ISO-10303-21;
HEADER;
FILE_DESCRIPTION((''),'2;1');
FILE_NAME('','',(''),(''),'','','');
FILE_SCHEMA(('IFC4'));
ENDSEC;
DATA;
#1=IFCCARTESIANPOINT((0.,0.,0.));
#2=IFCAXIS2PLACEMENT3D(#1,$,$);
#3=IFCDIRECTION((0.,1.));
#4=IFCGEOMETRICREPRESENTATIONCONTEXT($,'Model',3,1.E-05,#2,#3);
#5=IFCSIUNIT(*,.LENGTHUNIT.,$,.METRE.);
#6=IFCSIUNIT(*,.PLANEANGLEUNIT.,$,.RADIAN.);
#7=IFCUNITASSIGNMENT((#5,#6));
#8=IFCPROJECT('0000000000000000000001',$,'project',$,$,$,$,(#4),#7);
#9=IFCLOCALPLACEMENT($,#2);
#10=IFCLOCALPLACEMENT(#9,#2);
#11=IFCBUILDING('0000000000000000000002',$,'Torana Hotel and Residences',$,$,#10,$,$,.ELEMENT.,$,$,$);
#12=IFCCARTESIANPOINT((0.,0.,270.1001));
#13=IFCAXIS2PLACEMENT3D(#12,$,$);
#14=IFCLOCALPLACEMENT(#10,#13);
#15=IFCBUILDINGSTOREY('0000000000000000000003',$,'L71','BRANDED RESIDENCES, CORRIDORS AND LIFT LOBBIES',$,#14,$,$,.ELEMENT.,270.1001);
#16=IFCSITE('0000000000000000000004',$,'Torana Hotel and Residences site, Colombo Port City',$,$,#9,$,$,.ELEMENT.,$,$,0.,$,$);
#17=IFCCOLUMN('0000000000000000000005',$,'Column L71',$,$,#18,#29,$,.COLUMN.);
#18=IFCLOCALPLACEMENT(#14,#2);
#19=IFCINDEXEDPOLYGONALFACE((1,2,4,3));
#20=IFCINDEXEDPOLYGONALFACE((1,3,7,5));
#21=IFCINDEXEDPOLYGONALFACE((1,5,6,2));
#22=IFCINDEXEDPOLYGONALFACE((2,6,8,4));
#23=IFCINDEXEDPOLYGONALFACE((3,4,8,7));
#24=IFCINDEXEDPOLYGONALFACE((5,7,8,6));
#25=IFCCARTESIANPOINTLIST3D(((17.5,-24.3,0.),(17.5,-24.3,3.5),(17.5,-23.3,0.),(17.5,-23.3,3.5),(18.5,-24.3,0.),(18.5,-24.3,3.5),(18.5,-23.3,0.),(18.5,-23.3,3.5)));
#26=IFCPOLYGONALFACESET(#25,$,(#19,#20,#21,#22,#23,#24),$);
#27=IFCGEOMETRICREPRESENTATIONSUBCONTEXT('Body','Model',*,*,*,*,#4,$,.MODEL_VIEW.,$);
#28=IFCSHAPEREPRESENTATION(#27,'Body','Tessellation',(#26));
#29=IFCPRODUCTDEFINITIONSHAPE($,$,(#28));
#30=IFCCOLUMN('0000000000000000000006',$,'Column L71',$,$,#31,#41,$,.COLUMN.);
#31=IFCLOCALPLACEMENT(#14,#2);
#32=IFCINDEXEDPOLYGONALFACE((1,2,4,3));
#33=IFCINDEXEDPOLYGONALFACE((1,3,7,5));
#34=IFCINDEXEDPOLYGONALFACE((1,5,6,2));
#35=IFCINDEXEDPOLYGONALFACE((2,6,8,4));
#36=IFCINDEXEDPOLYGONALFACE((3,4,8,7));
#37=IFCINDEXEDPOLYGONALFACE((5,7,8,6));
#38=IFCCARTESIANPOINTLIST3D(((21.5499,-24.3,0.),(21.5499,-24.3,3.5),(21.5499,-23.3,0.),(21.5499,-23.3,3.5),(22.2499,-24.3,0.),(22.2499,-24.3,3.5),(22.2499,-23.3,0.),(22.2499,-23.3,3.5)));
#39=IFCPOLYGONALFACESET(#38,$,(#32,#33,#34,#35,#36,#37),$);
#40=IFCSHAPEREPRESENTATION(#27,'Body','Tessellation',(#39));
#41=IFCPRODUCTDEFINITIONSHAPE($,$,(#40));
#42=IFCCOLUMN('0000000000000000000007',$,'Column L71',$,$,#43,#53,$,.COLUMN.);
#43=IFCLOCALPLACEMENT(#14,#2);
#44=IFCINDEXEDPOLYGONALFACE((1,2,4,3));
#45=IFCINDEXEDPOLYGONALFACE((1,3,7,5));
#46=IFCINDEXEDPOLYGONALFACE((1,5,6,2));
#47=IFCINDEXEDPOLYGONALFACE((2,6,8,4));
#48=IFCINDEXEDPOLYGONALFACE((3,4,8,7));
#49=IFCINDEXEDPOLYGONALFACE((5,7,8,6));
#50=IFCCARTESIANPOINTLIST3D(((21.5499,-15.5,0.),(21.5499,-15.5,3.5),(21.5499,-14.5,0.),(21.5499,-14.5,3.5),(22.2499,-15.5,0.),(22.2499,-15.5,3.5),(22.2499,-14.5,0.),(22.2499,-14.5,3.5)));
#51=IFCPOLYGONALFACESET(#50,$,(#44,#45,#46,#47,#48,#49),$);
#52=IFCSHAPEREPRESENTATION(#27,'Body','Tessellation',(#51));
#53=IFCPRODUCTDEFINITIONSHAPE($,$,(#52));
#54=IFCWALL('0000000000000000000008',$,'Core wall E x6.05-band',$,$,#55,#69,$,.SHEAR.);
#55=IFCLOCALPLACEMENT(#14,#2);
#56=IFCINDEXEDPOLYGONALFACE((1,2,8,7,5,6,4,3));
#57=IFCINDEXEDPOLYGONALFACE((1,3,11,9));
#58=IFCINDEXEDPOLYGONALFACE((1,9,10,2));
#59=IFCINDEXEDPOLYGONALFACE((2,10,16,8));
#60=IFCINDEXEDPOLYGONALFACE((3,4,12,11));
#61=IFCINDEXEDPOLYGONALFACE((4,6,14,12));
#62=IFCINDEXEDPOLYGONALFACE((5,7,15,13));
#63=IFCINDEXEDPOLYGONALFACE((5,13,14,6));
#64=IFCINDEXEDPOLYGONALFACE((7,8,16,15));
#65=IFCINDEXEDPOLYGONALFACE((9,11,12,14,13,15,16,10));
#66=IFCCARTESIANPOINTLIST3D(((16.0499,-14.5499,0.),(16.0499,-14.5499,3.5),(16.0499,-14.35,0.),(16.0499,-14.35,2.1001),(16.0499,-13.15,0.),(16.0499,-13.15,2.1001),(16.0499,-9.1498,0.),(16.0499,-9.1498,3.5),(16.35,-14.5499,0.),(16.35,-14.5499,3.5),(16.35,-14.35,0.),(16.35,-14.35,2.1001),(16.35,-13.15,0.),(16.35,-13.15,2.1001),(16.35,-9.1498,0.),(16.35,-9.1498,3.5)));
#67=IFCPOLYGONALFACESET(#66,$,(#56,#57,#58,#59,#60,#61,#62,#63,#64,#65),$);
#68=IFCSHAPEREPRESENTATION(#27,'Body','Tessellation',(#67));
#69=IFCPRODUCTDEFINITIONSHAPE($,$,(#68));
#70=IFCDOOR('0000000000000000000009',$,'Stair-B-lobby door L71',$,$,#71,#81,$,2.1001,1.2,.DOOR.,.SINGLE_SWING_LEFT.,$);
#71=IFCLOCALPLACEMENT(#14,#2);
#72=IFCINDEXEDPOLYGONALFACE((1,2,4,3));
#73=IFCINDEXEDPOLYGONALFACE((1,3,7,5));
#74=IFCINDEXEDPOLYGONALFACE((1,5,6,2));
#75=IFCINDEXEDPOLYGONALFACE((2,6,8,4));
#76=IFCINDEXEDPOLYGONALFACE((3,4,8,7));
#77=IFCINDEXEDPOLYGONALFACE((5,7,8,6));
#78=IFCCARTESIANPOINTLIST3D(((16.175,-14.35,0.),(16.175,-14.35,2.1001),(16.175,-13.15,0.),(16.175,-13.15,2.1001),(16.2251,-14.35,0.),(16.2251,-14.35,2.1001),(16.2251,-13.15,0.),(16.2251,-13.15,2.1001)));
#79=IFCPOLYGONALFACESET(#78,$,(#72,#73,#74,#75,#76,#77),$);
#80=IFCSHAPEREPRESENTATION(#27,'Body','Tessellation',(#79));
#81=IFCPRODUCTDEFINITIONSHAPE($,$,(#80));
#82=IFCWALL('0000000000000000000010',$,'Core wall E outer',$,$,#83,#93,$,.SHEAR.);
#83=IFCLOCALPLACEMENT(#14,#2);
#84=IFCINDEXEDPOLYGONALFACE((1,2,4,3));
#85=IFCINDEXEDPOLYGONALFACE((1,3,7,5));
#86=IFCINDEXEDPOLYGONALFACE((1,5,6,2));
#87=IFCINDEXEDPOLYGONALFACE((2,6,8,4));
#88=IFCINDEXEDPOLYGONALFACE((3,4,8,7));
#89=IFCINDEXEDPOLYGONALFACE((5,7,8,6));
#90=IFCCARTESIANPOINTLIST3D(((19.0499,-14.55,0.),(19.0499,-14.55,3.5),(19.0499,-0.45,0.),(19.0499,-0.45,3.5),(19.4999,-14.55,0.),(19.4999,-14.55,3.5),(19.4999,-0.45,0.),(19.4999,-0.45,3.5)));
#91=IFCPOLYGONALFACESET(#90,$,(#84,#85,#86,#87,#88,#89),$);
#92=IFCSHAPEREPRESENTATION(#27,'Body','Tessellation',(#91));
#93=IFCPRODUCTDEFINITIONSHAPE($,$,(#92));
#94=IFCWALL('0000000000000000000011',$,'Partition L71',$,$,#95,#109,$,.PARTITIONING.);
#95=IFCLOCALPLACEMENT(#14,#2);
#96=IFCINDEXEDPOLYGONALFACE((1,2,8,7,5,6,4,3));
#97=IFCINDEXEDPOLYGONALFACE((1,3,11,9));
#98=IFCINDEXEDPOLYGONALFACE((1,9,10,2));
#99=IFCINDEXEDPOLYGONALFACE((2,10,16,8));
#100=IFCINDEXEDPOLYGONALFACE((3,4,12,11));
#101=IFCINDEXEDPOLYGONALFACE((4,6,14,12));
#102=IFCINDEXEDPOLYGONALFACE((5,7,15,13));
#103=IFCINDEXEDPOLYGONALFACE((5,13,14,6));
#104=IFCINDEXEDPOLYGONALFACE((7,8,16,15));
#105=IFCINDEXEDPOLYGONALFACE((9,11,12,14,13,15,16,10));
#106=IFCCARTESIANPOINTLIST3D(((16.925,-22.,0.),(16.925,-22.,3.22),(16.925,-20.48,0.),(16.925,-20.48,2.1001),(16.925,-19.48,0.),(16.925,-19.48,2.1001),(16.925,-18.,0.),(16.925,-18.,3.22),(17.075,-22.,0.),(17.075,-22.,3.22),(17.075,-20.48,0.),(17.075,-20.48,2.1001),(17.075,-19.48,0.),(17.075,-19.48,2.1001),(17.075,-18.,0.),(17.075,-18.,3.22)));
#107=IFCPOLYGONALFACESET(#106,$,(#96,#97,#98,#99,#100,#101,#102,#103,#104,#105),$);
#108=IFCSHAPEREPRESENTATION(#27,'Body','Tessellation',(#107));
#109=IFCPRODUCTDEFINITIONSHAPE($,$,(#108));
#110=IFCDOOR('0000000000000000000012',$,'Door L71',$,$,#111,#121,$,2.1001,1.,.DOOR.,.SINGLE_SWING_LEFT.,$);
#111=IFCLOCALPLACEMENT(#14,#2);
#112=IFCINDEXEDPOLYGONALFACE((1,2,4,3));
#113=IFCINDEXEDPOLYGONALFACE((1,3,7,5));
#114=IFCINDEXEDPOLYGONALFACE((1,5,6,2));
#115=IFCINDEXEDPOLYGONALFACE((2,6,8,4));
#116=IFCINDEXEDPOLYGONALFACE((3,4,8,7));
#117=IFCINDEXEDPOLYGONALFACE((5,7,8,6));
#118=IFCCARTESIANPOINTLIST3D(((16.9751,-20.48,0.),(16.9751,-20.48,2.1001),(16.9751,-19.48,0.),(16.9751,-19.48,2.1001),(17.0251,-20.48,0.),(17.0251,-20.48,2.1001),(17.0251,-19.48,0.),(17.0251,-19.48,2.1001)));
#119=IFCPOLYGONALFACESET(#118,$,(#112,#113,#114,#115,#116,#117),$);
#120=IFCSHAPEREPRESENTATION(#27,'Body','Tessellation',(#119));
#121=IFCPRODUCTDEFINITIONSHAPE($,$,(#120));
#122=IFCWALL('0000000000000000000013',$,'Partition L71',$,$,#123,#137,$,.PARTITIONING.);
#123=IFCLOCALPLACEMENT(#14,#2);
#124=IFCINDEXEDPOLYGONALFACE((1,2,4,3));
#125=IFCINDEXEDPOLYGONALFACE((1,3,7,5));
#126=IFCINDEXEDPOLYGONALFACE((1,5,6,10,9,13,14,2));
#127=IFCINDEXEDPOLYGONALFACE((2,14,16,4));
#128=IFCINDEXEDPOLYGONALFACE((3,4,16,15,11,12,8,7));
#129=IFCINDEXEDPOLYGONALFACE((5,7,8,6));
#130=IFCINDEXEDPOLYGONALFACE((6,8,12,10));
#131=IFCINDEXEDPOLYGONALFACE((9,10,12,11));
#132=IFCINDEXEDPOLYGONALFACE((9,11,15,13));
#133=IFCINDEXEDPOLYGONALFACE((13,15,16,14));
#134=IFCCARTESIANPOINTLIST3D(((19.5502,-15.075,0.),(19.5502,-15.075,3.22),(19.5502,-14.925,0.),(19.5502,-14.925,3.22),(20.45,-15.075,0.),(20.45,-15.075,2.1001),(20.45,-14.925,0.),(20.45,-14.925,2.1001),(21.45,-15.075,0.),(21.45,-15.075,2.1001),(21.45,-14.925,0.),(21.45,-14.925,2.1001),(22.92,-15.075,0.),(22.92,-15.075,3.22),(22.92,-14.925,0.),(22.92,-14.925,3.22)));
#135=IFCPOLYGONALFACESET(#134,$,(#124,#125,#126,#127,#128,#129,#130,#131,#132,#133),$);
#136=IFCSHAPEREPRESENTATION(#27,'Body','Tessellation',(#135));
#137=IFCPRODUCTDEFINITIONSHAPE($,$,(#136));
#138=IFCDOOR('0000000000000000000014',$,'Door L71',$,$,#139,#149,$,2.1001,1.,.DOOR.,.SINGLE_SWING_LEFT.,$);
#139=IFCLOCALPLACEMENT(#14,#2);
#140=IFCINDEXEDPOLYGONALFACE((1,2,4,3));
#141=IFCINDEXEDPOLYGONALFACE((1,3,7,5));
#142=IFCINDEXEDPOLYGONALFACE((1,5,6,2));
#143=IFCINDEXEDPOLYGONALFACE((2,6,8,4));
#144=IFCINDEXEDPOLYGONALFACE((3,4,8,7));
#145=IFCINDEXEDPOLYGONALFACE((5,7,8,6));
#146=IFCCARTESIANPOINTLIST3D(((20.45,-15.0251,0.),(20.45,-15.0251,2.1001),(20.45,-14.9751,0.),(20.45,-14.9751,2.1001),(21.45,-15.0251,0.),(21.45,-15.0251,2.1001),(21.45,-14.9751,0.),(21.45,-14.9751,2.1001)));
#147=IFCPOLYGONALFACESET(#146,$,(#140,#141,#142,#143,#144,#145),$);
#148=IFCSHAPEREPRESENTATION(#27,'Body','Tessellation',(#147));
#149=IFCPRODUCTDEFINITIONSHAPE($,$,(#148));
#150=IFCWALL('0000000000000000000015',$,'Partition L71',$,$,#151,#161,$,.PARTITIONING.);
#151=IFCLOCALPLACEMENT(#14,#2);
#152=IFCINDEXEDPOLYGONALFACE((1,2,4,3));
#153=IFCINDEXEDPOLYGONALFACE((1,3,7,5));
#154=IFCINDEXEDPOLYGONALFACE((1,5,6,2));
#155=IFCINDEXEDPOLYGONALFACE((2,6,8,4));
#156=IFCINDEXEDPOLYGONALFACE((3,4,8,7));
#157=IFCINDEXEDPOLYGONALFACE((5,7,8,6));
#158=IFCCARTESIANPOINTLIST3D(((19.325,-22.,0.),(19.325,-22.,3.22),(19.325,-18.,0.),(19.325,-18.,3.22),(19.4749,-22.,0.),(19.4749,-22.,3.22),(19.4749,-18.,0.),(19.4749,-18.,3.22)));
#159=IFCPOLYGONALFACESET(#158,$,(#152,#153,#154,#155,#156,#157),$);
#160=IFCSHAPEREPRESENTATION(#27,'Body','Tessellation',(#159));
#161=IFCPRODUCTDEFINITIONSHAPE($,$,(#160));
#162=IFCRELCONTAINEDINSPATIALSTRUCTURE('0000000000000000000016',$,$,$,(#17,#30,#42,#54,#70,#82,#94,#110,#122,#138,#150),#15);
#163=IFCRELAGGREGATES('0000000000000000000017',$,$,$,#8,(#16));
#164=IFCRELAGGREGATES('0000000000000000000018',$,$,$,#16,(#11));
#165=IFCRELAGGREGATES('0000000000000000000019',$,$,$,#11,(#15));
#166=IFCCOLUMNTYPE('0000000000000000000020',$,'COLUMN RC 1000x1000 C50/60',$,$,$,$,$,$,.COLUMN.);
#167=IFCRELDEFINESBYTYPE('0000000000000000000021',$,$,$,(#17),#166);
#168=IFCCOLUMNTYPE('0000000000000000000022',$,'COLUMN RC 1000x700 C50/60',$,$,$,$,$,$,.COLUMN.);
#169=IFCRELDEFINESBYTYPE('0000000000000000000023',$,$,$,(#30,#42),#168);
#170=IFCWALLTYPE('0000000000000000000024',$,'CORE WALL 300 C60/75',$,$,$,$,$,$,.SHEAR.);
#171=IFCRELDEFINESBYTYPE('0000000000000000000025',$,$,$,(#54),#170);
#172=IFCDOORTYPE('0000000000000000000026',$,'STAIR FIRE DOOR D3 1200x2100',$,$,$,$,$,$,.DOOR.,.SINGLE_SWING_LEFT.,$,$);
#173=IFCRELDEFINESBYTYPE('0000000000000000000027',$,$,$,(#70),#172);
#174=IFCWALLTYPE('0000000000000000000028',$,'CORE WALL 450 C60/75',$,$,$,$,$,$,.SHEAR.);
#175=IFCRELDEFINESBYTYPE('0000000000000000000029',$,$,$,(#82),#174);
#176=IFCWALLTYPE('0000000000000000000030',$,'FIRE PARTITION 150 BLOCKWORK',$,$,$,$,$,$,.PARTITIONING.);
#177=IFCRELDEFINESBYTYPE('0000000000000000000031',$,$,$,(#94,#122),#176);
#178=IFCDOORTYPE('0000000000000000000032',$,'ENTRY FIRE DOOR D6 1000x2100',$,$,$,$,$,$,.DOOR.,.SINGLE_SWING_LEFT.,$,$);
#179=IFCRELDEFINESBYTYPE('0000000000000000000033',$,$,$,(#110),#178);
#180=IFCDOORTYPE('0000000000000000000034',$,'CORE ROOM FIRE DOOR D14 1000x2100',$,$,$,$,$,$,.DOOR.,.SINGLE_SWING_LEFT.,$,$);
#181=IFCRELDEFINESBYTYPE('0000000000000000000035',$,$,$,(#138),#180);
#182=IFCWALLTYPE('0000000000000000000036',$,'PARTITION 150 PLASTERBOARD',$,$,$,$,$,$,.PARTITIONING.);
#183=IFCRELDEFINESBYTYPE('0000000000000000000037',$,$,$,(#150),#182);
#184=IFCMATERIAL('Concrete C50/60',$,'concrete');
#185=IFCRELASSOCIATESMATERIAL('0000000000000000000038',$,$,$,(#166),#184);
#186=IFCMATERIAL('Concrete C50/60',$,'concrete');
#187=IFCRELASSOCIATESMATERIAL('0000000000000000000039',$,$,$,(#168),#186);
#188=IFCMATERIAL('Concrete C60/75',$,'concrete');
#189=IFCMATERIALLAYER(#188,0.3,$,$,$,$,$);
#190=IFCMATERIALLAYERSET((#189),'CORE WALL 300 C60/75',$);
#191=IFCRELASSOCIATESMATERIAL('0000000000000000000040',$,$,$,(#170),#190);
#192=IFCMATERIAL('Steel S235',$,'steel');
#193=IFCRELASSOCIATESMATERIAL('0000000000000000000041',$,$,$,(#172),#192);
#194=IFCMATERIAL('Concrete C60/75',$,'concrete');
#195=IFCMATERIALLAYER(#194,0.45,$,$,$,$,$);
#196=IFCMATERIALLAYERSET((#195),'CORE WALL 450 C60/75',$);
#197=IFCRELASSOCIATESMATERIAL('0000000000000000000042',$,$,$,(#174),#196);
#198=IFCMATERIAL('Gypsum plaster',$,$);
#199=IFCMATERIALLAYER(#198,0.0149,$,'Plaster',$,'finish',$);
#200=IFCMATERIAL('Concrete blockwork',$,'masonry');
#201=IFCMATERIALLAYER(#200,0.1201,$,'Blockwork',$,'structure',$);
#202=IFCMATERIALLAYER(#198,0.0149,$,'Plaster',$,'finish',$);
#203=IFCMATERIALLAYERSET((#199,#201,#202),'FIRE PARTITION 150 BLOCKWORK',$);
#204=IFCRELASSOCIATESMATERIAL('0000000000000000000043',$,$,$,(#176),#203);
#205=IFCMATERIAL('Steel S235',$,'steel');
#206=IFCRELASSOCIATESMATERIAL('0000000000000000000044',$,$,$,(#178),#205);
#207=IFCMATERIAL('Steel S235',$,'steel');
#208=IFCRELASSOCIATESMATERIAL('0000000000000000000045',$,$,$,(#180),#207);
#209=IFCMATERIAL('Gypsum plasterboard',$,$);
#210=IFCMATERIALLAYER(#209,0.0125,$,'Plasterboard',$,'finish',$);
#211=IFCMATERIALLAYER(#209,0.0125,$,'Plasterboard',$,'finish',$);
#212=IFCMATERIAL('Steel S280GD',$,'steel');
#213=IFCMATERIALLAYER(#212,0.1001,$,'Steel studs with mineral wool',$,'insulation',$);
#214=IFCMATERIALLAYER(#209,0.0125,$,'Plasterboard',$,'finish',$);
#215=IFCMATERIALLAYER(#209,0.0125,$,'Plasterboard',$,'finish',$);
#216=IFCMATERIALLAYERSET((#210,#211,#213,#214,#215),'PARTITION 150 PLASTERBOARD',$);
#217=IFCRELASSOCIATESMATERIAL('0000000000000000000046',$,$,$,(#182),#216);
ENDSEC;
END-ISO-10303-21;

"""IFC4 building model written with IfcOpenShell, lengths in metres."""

from ifc_helpers import new_model, si_unit, direction, frame, frame_2d, origin, origin_2d, place, context, subcontext, project, spatial, rectangle, extrude, material, layer, layer_set, material_profile, profile_set, type_object, element, fill, save


model = new_model("IFC4")

# Units and contexts
model_context = context("Model", 3, precision=1e-05, world=origin(), true_north=direction((0.0, 1.0)))
body_context = subcontext(model_context, "Body", "Model", "MODEL_VIEW")
ifc_project = project(units=[si_unit("LENGTHUNIT", "METRE"), si_unit("PLANEANGLEUNIT", "RADIAN")], contexts=[model_context])

# Site, building, storey
site_placement = place(None, origin())
site = spatial("IfcSite", under=ifc_project, at=site_placement, Name="Torana Hotel and Residences site, Colombo Port City", CompositionType="ELEMENT", RefElevation=0.0)
building_placement = place(site_placement, origin())
building = spatial("IfcBuilding", under=site, at=building_placement, Name="Torana Hotel and Residences", CompositionType="ELEMENT")
storey_placement = place(building_placement, frame((0.0, 0.0, 270.1001)))
storey = spatial("IfcBuildingStorey", under=building, at=storey_placement, Name="L71", Description="BRANDED RESIDENCES, CORRIDORS AND LIFT LOBBIES", CompositionType="ELEMENT", Elevation=270.1001)

# Columns
ifc_material_1 = material(Name="Concrete C50/60", Category="concrete")
ifc_material_profile_1 = material_profile(ifc_material_1, rectangle(XDim=1.0, YDim=1.0, at=origin_2d()), Name="RC 1000x1000")
ifc_profile_set_1 = profile_set([ifc_material_profile_1], Name="Concrete C50/60")
column_type_1 = type_object("IfcColumnType", Name="COLUMN RC 1000x1000 C50/60", PredefinedType="COLUMN", material=ifc_profile_set_1)
column_placement = place(storey_placement, frame((18.0, -23.8, 0.0), z_axis=(0.0, 0.0, 1.0), x_axis=(1.0, 0.0, 0.0)))
element("IfcColumn", 1, at=column_placement, inside=storey, type_object=column_type_1, Name="Column L71", PredefinedType="COLUMN", context=body_context, shape_type="SweptSolid", body=[
    extrude(rectangle(XDim=1.0, YDim=1.0, at=origin_2d()), origin(), (0.0, 0.0, 1.0), 3.5),
])
ifc_material_2 = material(Name="Concrete C50/60", Category="concrete")
ifc_material_profile_2 = material_profile(ifc_material_2, rectangle(XDim=1.0, YDim=0.7, at=origin_2d()), Name="RC 1000x700")
ifc_profile_set_2 = profile_set([ifc_material_profile_2], Name="Concrete C50/60")
column_type_2 = type_object("IfcColumnType", Name="COLUMN RC 1000x700 C50/60", PredefinedType="COLUMN", material=ifc_profile_set_2)
for number, where, z_axis, x_axis, name in (
    (2, (21.8999, -23.8, 0.0), (0.0, 0.0, 1.0), (0.0, 1.0, 0.0), "Column L71"),
    (3, (21.8999, -15.0, 0.0), (0.0, 0.0, 1.0), (0.0, 1.0, 0.0), "Column L71"),
):
    element("IfcColumn", number, at=place(storey_placement, frame(where, z_axis=z_axis, x_axis=x_axis)), inside=storey, type_object=column_type_2, Name=name, PredefinedType="COLUMN", context=body_context, shape_type="SweptSolid", body=[
        extrude(rectangle(XDim=1.0, YDim=0.7, at=origin_2d()), origin(), (0.0, 0.0, 1.0), 3.5),
    ])

# Wall, opening, door
ifc_material_3 = material(Name="Concrete C60/75", Category="concrete")
ifc_layer_1 = layer(ifc_material_3, 0.3)
ifc_layer_set_1 = layer_set([ifc_layer_1], Name="CORE WALL 300 C60/75")
wall_type_1 = type_object("IfcWallType", Name="CORE WALL 300 C60/75", PredefinedType="SHEAR", material=ifc_layer_set_1)
wall_1_placement = place(storey_placement, frame((16.2, -14.55, 0.0), z_axis=(0.0, 0.0, 1.0), x_axis=(0.0, 1.0, 0.0)))
wall_1 = element("IfcWall", 4, at=wall_1_placement, inside=storey, type_object=wall_type_1, Name="Core wall E x6.05-band", PredefinedType="SHEAR", context=body_context, shape_type="SweptSolid", body=[
    extrude(rectangle(XDim=5.4001, YDim=0.3, at=frame_2d((2.7002, 0.0))), origin(), (0.0, 0.0, 1.0), 3.5),
])
opening_1_placement = place(wall_1_placement, frame((0.2, 0.0, 0.0)))
opening_1 = element("IfcOpeningElement", 5, at=opening_1_placement, cuts=wall_1, PredefinedType="OPENING", context=body_context, shape_type="SweptSolid", body=[
    extrude(rectangle(XDim=1.2, YDim=2.1001, at=frame_2d((0.6001, 1.05))), frame((0.0, 0.1599, 0.0), z_axis=(0.0, -1.0, 0.0), x_axis=(1.0, 0.0, 0.0)), (0.0, 0.0, 1.0), 0.3201),
])
ifc_material_4 = material(Name="Steel S235", Category="steel")
door_type_1 = type_object("IfcDoorType", Name="STAIR FIRE DOOR D3 1200x2100", OperationType="SINGLE_SWING_LEFT", PredefinedType="DOOR", material=ifc_material_4)
door_1_placement = place(opening_1_placement, frame((0.6001, 0.0, 0.0), z_axis=(0.0, 0.0, 1.0), x_axis=(-1.0, 0.0, 0.0)))
door_1 = element("IfcDoor", 6, at=door_1_placement, inside=storey, type_object=door_type_1, Name="Stair-B-lobby door L71", OperationType="SINGLE_SWING_LEFT", OverallHeight=2.1001, OverallWidth=1.2, PredefinedType="DOOR", context=body_context, shape_type="SweptSolid", body=[
    extrude(rectangle(XDim=1.2, YDim=2.1001, at=frame_2d((0.0, 1.05))), frame((0.0, -0.0249, 0.0), z_axis=(0.0, 1.0, 0.0), x_axis=(-1.0, 0.0, 0.0)), (0.0, 0.0, 1.0), 0.05),
])
fill(opening_1, door_1)

# Wall
ifc_material_5 = material(Name="Concrete C60/75", Category="concrete")
ifc_layer_2 = layer(ifc_material_5, 0.45)
ifc_layer_set_2 = layer_set([ifc_layer_2], Name="CORE WALL 450 C60/75")
wall_type_2 = type_object("IfcWallType", Name="CORE WALL 450 C60/75", PredefinedType="SHEAR", material=ifc_layer_set_2)
wall_2_placement = place(storey_placement, frame((19.2749, -14.55, 0.0), z_axis=(0.0, 0.0, 1.0), x_axis=(0.0, 1.0, 0.0)))
element("IfcWall", 7, at=wall_2_placement, inside=storey, type_object=wall_type_2, Name="Core wall E outer", PredefinedType="SHEAR", context=body_context, shape_type="SweptSolid", body=[
    extrude(rectangle(XDim=14.1001, YDim=0.45, at=frame_2d((7.05, 0.0))), origin(), (0.0, 0.0, 1.0), 3.5),
])

# Walls, openings, doors
ifc_material_6 = material(Name="Gypsum plaster")
ifc_layer_3 = layer(ifc_material_6, 0.0149, Name="Plaster", Category="finish")
ifc_material_7 = material(Name="Concrete blockwork", Category="masonry")
ifc_layer_4 = layer(ifc_material_7, 0.1201, Name="Blockwork", Category="structure")
ifc_layer_5 = layer(ifc_material_6, 0.0149, Name="Plaster", Category="finish")
ifc_layer_set_3 = layer_set([ifc_layer_3, ifc_layer_4, ifc_layer_5], Name="FIRE PARTITION 150 BLOCKWORK")
wall_type_3 = type_object("IfcWallType", Name="FIRE PARTITION 150 BLOCKWORK", PredefinedType="PARTITIONING", material=ifc_layer_set_3)
wall_3_placement = place(storey_placement, frame((17.0, -22.0, 0.0), z_axis=(0.0, 0.0, 1.0), x_axis=(0.0, 1.0, 0.0)))
wall_3 = element("IfcWall", 8, at=wall_3_placement, inside=storey, type_object=wall_type_3, Name="Partition L71", PredefinedType="PARTITIONING", context=body_context, shape_type="SweptSolid", body=[
    extrude(rectangle(XDim=4.0, YDim=0.1499, at=frame_2d((2.0, 0.0))), origin(), (0.0, 0.0, 1.0), 3.22),
])
opening_2_placement = place(wall_3_placement, frame((1.52, 0.0, 0.0)))
opening_2 = element("IfcOpeningElement", 9, at=opening_2_placement, cuts=wall_3, PredefinedType="OPENING", context=body_context, shape_type="SweptSolid", body=[
    extrude(rectangle(XDim=1.0, YDim=2.1001, at=frame_2d((0.5, 1.05))), frame((0.0, 0.085, 0.0), z_axis=(0.0, -1.0, 0.0), x_axis=(1.0, 0.0, 0.0)), (0.0, 0.0, 1.0), 0.1699),
])
ifc_material_8 = material(Name="Steel S235", Category="steel")
door_type_2 = type_object("IfcDoorType", Name="ENTRY FIRE DOOR D6 1000x2100", OperationType="SINGLE_SWING_LEFT", PredefinedType="DOOR", material=ifc_material_8)
door_2_placement = place(opening_2_placement, frame((0.5, 0.0, 0.0), z_axis=(0.0, 0.0, 1.0), x_axis=(-1.0, 0.0, 0.0)))
door_2 = element("IfcDoor", 10, at=door_2_placement, inside=storey, type_object=door_type_2, Name="Door L71", OperationType="SINGLE_SWING_LEFT", OverallHeight=2.1001, OverallWidth=1.0, PredefinedType="DOOR", context=body_context, shape_type="SweptSolid", body=[
    extrude(rectangle(XDim=1.0, YDim=2.1001, at=frame_2d((0.0, 1.05))), frame((0.0, -0.0249, 0.0), z_axis=(0.0, 1.0, 0.0), x_axis=(-1.0, 0.0, 0.0)), (0.0, 0.0, 1.0), 0.05),
])
fill(opening_2, door_2)
wall_4_placement = place(storey_placement, frame((19.55, -15.0, 0.0), z_axis=(0.0, 0.0, 1.0), x_axis=(1.0, 0.0, 0.0)))
wall_4 = element("IfcWall", 11, at=wall_4_placement, inside=storey, type_object=wall_type_3, Name="Partition L71", PredefinedType="PARTITIONING", context=body_context, shape_type="SweptSolid", body=[
    extrude(rectangle(XDim=3.3699, YDim=0.1499, at=frame_2d((1.6851, 0.0))), origin(), (0.0, 0.0, 1.0), 3.22),
])
opening_3_placement = place(wall_4_placement, frame((0.8999, 0.0, 0.0)))
opening_3 = element("IfcOpeningElement", 12, at=opening_3_placement, cuts=wall_4, PredefinedType="OPENING", context=body_context, shape_type="SweptSolid", body=[
    extrude(rectangle(XDim=1.0, YDim=2.1001, at=frame_2d((0.5, 1.05))), frame((0.0, 0.085, 0.0), z_axis=(0.0, -1.0, 0.0), x_axis=(1.0, 0.0, 0.0)), (0.0, 0.0, 1.0), 0.1699),
])
ifc_material_9 = material(Name="Steel S235", Category="steel")
door_type_3 = type_object("IfcDoorType", Name="CORE ROOM FIRE DOOR D14 1000x2100", OperationType="SINGLE_SWING_LEFT", PredefinedType="DOOR", material=ifc_material_9)
door_3_placement = place(opening_3_placement, origin())
door_3 = element("IfcDoor", 13, at=door_3_placement, inside=storey, type_object=door_type_3, Name="Door L71", OperationType="SINGLE_SWING_LEFT", OverallHeight=2.1001, OverallWidth=1.0, PredefinedType="DOOR", context=body_context, shape_type="SweptSolid", body=[
    extrude(rectangle(XDim=1.0, YDim=2.1001, at=frame_2d((0.5, 1.05))), frame((0.0, 0.0249, 0.0), z_axis=(0.0, -1.0, 0.0), x_axis=(1.0, 0.0, 0.0)), (0.0, 0.0, 1.0), 0.05),
])
fill(opening_3, door_3)

# Wall
ifc_material_10 = material(Name="Gypsum plasterboard")
ifc_layer_6 = layer(ifc_material_10, 0.0125, Name="Plasterboard", Category="finish")
ifc_layer_7 = layer(ifc_material_10, 0.0125, Name="Plasterboard", Category="finish")
ifc_material_11 = material(Name="Steel S280GD", Category="steel")
ifc_layer_8 = layer(ifc_material_11, 0.1001, Name="Steel studs with mineral wool", Category="insulation")
ifc_layer_9 = layer(ifc_material_10, 0.0125, Name="Plasterboard", Category="finish")
ifc_layer_10 = layer(ifc_material_10, 0.0125, Name="Plasterboard", Category="finish")
ifc_layer_set_4 = layer_set([ifc_layer_6, ifc_layer_7, ifc_layer_8, ifc_layer_9, ifc_layer_10], Name="PARTITION 150 PLASTERBOARD")
wall_type_4 = type_object("IfcWallType", Name="PARTITION 150 PLASTERBOARD", PredefinedType="PARTITIONING", material=ifc_layer_set_4)
wall_5_placement = place(storey_placement, frame((19.3999, -22.0, 0.0), z_axis=(0.0, 0.0, 1.0), x_axis=(0.0, 1.0, 0.0)))
element("IfcWall", 14, at=wall_5_placement, inside=storey, type_object=wall_type_4, Name="Partition L71", PredefinedType="PARTITIONING", context=body_context, shape_type="SweptSolid", body=[
    extrude(rectangle(XDim=4.0, YDim=0.1499, at=frame_2d((2.0, 0.0))), origin(), (0.0, 0.0, 1.0), 3.22),
])

save(model, "model.ifc")
